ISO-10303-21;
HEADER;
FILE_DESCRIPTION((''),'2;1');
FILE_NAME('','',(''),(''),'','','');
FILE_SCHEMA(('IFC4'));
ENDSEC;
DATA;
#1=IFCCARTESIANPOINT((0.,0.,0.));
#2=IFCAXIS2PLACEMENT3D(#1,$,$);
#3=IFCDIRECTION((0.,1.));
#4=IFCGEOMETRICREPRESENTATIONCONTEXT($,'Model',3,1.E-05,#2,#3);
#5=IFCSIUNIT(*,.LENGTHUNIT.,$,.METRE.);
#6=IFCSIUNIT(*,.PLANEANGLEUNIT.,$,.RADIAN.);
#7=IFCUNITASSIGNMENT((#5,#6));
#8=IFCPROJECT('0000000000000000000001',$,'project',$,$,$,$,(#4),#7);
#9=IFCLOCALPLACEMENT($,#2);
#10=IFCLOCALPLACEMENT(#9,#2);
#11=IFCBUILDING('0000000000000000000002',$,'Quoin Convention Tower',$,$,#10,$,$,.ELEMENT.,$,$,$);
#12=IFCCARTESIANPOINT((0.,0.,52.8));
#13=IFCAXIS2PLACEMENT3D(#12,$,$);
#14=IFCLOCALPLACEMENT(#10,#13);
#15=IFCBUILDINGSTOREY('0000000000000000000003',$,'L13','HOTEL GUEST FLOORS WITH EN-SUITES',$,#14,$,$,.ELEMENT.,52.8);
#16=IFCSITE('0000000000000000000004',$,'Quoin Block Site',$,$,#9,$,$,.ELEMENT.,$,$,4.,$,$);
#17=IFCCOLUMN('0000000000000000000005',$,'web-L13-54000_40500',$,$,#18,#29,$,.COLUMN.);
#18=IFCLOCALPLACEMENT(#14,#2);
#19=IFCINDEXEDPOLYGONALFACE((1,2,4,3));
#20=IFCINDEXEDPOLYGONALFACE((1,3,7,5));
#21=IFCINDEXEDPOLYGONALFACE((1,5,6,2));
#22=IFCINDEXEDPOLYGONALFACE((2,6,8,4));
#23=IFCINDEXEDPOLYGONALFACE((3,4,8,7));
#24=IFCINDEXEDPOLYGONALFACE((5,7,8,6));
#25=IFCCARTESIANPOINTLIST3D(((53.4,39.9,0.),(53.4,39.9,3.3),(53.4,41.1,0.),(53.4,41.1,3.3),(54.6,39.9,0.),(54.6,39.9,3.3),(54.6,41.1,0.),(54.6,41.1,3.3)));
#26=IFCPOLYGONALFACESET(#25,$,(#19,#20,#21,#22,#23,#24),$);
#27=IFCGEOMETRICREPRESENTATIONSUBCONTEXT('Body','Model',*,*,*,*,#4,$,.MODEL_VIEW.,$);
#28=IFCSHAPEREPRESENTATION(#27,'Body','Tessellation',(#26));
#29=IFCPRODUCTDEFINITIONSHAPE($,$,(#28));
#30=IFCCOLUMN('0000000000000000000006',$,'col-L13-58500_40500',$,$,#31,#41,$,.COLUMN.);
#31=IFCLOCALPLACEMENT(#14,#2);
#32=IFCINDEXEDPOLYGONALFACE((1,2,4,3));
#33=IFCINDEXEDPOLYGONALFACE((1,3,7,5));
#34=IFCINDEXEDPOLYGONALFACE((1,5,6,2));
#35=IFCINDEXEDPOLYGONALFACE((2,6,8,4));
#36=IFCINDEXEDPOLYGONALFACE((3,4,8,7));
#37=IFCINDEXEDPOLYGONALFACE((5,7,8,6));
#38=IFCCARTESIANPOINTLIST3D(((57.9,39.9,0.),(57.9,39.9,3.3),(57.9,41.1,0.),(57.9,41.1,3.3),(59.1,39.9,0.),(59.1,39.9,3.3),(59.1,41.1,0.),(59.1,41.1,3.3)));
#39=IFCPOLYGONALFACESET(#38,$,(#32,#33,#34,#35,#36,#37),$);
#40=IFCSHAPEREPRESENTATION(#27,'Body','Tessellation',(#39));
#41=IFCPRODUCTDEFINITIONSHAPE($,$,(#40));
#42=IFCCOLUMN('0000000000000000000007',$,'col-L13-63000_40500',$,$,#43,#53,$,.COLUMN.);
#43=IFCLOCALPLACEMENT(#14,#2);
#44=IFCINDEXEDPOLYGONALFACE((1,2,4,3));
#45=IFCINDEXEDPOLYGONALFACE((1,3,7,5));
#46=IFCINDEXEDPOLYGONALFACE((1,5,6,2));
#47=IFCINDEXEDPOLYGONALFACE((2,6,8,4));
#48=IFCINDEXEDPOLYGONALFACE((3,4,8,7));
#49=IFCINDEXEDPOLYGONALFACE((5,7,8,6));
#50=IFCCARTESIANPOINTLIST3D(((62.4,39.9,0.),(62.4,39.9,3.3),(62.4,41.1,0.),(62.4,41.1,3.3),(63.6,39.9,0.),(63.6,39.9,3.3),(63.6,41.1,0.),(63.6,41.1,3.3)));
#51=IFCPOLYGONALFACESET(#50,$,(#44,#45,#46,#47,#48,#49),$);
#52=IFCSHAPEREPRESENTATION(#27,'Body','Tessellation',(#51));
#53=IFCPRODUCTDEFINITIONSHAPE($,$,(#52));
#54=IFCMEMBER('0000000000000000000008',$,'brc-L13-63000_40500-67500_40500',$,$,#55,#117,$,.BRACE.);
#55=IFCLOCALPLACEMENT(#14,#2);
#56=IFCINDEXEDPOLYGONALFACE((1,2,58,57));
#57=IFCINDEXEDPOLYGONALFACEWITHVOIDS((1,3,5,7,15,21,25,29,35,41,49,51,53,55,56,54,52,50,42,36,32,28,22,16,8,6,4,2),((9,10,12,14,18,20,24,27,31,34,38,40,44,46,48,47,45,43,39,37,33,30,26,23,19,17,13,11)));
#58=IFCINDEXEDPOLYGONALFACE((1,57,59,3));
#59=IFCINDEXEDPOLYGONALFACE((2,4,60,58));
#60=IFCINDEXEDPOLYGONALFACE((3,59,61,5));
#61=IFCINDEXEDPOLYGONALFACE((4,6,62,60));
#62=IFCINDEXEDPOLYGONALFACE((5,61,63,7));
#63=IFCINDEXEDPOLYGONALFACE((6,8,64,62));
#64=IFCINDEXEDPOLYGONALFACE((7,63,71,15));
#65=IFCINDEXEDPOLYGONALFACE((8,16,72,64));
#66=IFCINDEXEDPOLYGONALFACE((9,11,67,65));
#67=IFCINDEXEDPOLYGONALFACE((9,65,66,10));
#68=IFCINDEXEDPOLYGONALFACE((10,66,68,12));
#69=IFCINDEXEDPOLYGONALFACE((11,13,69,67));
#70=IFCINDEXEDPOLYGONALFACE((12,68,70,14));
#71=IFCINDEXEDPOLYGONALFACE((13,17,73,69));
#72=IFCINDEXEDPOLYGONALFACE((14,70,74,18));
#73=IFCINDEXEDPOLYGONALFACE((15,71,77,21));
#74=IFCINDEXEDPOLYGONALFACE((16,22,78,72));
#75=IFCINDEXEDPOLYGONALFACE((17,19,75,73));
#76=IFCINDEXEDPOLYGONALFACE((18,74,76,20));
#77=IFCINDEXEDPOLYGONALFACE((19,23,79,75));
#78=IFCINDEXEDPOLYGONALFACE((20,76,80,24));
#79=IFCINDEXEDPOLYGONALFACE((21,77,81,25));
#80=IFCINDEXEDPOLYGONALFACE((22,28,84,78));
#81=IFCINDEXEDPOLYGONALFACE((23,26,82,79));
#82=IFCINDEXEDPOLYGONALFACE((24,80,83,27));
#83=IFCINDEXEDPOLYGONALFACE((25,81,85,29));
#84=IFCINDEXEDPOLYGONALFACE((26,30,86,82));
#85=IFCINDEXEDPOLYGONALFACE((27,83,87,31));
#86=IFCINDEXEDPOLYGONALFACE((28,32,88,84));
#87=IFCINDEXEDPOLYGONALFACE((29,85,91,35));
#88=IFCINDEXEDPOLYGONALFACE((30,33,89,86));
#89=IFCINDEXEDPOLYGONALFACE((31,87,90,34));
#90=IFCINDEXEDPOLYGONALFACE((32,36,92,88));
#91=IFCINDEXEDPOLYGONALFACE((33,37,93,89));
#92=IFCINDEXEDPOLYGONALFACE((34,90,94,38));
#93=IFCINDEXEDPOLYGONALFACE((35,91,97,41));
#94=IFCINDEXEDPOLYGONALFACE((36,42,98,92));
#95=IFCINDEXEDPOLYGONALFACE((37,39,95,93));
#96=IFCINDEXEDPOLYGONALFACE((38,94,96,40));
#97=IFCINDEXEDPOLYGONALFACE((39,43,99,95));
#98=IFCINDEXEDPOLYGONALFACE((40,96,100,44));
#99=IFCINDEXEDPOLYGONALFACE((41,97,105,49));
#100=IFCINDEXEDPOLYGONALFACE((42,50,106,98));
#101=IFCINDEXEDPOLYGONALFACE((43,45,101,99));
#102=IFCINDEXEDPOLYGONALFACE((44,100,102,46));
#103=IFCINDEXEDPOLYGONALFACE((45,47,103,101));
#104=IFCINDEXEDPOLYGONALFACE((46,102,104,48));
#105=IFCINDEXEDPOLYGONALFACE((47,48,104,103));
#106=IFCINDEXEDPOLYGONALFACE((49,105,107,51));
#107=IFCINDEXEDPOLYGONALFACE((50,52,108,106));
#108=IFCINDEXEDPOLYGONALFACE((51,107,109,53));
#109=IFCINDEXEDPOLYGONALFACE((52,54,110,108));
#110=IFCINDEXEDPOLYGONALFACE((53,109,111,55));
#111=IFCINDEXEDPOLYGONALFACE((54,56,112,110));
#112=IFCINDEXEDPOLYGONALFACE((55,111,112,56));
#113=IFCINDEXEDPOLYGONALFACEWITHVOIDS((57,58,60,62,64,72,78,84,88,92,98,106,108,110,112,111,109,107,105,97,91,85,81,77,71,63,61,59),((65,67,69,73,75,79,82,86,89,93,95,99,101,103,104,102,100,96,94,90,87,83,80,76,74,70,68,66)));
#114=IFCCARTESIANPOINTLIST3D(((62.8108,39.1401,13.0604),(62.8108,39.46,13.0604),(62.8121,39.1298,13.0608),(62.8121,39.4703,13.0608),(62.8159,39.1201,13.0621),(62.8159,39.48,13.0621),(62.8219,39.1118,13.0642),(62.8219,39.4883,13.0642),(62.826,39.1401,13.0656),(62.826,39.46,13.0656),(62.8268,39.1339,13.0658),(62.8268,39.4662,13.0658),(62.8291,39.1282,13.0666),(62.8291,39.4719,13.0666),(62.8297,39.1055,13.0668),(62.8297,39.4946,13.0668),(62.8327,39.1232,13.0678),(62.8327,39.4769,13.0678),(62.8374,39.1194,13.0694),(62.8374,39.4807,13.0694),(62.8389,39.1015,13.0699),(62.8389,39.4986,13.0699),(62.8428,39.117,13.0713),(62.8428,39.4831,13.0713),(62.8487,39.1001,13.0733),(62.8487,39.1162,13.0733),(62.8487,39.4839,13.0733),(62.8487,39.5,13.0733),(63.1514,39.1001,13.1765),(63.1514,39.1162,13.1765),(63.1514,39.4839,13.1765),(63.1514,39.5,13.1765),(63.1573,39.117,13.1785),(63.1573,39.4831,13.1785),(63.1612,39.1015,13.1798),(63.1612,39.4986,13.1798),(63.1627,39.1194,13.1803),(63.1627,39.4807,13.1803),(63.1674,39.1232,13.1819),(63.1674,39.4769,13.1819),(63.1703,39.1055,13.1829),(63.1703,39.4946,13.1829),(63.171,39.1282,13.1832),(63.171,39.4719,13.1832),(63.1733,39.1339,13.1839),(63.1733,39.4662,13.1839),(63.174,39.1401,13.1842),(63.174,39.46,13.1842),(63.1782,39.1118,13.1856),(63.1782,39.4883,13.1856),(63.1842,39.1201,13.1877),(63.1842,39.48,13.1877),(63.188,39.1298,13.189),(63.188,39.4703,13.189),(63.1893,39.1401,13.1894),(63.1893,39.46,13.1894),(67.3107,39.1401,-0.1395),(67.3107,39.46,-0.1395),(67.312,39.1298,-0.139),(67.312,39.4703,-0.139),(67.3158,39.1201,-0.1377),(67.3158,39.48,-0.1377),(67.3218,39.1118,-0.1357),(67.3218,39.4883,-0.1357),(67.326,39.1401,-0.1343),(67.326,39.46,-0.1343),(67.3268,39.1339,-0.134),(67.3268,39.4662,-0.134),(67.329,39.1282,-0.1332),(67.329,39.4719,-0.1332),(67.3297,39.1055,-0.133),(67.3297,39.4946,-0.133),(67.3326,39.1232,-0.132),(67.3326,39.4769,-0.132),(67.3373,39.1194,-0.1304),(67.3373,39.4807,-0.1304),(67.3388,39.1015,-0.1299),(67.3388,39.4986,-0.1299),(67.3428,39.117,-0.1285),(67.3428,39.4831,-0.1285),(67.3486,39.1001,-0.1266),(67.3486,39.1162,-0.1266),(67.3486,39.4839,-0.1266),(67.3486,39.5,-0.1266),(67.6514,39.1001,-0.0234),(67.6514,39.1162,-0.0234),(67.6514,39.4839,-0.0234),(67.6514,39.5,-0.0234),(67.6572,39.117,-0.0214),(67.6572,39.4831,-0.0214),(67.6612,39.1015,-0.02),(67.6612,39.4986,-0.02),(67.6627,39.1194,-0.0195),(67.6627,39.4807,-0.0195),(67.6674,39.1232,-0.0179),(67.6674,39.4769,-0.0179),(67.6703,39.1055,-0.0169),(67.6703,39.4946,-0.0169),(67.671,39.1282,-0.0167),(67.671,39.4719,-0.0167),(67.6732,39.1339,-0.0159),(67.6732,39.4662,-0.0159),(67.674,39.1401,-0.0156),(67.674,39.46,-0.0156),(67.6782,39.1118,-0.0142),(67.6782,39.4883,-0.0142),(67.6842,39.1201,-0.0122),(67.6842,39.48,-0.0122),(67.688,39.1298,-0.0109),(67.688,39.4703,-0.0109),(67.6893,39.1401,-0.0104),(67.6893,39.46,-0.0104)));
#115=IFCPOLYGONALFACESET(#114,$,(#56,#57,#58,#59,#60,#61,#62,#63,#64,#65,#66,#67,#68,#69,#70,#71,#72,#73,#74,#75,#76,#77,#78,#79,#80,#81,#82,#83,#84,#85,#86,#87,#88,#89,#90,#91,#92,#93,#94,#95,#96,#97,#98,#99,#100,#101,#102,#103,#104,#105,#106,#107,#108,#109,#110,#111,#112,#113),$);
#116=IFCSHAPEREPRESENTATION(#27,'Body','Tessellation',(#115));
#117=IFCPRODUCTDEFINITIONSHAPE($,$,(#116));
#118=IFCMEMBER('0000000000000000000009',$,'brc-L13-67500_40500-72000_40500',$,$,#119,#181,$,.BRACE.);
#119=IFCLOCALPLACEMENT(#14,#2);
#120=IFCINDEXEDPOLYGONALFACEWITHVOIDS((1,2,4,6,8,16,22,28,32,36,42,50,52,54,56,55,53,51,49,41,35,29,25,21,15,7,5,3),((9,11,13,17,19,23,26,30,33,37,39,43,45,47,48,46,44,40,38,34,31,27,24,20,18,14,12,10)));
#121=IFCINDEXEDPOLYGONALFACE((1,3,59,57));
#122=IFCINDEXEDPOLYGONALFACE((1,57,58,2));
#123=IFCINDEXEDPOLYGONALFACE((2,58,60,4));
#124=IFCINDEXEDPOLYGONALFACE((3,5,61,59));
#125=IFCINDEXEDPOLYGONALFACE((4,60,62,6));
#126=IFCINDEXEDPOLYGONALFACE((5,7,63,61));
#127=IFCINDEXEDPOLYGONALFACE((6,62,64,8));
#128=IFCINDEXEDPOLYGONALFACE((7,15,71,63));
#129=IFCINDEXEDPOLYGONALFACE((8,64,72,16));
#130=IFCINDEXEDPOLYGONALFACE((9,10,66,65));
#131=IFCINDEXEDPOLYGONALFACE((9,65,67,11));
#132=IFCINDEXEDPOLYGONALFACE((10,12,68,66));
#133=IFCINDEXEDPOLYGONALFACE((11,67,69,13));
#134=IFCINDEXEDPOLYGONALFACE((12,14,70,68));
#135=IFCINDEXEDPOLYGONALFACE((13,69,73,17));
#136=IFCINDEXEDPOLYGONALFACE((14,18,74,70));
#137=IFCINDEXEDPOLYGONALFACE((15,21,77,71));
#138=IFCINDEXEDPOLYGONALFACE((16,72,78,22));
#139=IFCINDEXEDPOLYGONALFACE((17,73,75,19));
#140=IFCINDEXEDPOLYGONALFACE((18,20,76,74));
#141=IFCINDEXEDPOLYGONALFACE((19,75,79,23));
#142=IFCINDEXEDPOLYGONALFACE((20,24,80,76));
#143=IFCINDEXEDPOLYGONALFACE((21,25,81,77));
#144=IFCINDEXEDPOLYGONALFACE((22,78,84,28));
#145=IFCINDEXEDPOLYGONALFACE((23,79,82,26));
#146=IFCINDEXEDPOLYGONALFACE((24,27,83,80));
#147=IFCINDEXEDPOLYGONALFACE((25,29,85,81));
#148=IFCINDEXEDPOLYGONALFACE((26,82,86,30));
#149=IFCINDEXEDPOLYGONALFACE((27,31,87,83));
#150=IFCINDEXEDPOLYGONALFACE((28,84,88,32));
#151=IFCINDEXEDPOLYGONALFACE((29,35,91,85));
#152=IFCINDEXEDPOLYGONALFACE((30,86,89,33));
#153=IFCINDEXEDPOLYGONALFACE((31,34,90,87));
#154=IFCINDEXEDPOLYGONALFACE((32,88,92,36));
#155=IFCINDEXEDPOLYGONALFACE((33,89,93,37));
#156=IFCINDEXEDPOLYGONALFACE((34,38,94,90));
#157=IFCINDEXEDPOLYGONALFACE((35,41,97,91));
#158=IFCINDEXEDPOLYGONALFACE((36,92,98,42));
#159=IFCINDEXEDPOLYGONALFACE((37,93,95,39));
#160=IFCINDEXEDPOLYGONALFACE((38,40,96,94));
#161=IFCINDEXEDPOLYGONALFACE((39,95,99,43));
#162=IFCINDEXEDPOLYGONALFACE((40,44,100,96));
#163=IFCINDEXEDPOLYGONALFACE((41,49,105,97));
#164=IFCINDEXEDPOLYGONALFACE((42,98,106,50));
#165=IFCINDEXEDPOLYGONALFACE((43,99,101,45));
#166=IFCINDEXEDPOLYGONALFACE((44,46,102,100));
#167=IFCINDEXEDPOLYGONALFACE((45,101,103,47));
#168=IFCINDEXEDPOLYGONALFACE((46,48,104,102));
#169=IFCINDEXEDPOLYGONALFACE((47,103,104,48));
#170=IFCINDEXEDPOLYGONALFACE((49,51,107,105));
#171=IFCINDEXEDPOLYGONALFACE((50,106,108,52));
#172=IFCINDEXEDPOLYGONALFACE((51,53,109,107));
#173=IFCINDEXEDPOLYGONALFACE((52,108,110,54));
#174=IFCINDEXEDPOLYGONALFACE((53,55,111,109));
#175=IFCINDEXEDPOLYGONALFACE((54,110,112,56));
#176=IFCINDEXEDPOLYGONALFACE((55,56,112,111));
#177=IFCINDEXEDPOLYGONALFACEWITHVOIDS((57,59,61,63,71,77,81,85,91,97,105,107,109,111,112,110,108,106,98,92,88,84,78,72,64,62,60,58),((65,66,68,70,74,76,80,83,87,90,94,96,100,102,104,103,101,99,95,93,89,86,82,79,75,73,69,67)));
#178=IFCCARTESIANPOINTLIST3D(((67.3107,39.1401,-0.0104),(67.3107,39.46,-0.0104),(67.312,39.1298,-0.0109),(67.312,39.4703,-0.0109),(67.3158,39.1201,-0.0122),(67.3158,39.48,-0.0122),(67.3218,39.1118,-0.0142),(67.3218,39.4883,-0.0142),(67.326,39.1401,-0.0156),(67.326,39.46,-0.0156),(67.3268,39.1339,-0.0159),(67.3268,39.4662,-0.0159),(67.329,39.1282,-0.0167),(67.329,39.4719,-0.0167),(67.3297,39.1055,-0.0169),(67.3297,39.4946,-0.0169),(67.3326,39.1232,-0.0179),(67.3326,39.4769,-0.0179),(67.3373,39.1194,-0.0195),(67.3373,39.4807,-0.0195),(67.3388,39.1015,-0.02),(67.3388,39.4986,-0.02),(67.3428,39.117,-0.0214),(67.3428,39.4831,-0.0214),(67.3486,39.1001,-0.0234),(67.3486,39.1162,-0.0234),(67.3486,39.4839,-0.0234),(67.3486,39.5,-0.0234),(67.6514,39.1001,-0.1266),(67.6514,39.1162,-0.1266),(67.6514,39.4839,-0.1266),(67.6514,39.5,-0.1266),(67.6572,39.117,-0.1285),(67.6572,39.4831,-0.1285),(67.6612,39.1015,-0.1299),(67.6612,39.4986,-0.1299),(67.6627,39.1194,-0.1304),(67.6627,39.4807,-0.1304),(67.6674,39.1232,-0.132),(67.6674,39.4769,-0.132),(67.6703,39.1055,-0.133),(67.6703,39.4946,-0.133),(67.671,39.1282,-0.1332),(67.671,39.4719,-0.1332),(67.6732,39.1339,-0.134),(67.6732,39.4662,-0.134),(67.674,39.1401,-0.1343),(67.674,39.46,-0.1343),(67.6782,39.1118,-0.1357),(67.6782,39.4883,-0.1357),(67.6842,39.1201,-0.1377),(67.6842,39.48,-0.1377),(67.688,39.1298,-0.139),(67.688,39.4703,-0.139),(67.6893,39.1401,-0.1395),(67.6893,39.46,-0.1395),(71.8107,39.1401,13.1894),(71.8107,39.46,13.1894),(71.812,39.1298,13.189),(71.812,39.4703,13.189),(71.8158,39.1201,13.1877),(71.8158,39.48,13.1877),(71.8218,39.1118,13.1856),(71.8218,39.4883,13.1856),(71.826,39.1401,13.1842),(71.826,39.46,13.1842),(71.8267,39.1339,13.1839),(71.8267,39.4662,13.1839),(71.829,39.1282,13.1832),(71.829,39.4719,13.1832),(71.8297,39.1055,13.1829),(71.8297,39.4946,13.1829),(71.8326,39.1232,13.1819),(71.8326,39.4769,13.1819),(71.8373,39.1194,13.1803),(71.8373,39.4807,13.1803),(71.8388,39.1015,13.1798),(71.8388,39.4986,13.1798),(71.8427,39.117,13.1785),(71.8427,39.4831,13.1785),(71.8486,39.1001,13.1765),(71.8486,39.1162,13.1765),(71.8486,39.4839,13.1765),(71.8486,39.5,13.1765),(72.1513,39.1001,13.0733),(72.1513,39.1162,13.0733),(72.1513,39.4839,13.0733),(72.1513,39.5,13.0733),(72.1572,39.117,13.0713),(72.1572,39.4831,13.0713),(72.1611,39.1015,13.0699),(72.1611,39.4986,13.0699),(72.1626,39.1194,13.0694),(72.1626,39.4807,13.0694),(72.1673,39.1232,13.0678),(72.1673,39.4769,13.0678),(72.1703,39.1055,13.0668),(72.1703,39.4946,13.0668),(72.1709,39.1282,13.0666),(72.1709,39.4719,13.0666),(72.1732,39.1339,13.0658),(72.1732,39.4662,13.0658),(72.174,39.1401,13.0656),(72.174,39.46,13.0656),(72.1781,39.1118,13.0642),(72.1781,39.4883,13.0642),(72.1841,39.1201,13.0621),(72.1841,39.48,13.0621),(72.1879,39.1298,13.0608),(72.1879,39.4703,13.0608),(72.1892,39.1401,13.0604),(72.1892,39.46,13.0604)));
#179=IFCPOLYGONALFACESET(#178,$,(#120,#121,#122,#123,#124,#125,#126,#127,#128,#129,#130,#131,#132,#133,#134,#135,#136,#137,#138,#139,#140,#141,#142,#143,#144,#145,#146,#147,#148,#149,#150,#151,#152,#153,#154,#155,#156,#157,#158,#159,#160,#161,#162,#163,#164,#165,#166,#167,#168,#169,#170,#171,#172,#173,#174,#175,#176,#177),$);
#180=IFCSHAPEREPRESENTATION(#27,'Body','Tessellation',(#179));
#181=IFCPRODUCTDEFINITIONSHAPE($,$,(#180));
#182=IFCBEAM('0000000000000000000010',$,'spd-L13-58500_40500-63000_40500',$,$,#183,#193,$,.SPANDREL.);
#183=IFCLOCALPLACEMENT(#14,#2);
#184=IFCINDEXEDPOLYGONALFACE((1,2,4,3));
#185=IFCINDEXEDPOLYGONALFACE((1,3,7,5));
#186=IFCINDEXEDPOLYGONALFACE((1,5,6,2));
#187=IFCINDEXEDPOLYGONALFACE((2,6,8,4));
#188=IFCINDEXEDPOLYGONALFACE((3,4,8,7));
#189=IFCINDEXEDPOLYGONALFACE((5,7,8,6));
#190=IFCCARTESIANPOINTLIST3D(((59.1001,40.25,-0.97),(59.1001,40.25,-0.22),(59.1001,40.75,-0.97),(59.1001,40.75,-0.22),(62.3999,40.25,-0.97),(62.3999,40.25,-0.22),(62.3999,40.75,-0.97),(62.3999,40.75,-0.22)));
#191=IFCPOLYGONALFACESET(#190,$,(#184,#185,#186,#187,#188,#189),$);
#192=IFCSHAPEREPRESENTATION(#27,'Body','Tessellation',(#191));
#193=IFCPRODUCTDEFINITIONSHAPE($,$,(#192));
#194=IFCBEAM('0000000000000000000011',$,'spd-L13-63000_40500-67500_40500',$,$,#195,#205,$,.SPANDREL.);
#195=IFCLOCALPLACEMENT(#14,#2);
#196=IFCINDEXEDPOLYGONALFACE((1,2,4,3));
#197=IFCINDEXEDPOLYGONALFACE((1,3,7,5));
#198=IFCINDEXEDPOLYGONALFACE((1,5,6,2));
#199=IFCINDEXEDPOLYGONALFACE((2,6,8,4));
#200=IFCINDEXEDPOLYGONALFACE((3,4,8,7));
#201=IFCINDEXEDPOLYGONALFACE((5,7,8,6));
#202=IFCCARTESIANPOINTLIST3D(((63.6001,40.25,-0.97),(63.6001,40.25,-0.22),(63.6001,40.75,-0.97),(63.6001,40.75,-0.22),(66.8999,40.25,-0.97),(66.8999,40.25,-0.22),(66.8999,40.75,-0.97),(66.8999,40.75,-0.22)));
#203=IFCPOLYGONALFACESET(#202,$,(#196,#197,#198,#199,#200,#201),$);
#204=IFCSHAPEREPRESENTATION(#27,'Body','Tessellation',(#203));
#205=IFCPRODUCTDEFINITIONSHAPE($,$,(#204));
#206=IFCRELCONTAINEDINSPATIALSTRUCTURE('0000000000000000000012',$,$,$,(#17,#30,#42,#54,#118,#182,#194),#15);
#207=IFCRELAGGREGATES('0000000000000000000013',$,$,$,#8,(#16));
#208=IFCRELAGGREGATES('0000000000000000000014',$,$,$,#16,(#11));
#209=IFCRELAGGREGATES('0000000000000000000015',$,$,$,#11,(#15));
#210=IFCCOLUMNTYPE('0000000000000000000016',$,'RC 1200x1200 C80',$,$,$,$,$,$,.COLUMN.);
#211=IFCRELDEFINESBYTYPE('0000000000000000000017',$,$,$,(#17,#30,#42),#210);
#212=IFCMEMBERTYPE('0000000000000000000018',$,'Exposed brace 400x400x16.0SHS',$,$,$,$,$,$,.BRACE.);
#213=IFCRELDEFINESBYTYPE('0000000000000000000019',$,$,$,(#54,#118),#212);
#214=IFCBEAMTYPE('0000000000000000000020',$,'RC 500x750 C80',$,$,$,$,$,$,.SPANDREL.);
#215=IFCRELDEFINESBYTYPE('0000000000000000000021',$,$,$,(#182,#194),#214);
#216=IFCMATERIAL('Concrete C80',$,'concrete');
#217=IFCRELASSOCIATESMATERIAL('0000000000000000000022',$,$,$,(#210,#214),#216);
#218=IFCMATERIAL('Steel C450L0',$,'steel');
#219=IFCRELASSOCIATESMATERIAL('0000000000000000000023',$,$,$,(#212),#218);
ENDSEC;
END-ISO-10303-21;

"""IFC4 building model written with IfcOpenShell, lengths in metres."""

from ifc_helpers import new_model, si_unit, direction, frame, origin, origin_2d, place, context, subcontext, project, spatial, rectangle, hollow_rectangle, extrude, material, material_profile, profile_set, type_object, element, save


model = new_model("IFC4")

# Units and contexts
model_context = context("Model", 3, precision=1e-05, world=origin(), true_north=direction((0.0, 1.0)))
body_context = subcontext(model_context, "Body", "Model", "MODEL_VIEW")
ifc_project = project(units=[si_unit("LENGTHUNIT", "METRE"), si_unit("PLANEANGLEUNIT", "RADIAN")], contexts=[model_context])

# Site, building, storey
site_placement = place(None, origin())
site = spatial("IfcSite", under=ifc_project, at=site_placement, Name="Quoin Block Site", CompositionType="ELEMENT", RefElevation=4.0)
building_placement = place(site_placement, origin())
building = spatial("IfcBuilding", under=site, at=building_placement, Name="Quoin Convention Tower", CompositionType="ELEMENT")
storey_placement = place(building_placement, frame((0.0, 0.0, 52.8)))
storey = spatial("IfcBuildingStorey", under=building, at=storey_placement, Name="L13", Description="HOTEL GUEST FLOORS WITH EN-SUITES", CompositionType="ELEMENT", Elevation=52.8)

# Columns
ifc_material_1 = material(Name="Concrete C80", Category="concrete")
ifc_material_profile_1 = material_profile(ifc_material_1, rectangle(XDim=1.2, YDim=1.2, at=origin_2d()), Name="RC 1200x1200")
ifc_profile_set_1 = profile_set([ifc_material_profile_1], Name="Concrete C80")
column_type = type_object("IfcColumnType", Name="RC 1200x1200 C80", PredefinedType="COLUMN", material=ifc_profile_set_1)
for number, where, z_axis, x_axis, name in (
    (1, (54.0, 40.5, 0.0), (0.0, 0.0, 1.0), (1.0, 0.0, 0.0), "web-L13-54000_40500"),
    (2, (58.5, 40.5, 0.0), (0.0, 0.0, 1.0), (1.0, 0.0, 0.0), "col-L13-58500_40500"),
    (3, (63.0, 40.5, 0.0), (0.0, 0.0, 1.0), (1.0, 0.0, 0.0), "col-L13-63000_40500"),
):
    element("IfcColumn", number, at=place(storey_placement, frame(where, z_axis=z_axis, x_axis=x_axis)), inside=storey, type_object=column_type, Name=name, PredefinedType="COLUMN", context=body_context, shape_type="SweptSolid", body=[
        extrude(rectangle(XDim=1.2, YDim=1.2, at=origin_2d()), origin(), (0.0, 0.0, 1.0), 3.3),
    ])

# Members
ifc_material_2 = material(Name="Steel C450L0", Category="steel")
ifc_material_profile_2 = material_profile(ifc_material_2, hollow_rectangle(XDim=0.3999, YDim=0.3999, WallThickness=0.0161, InnerFilletRadius=0.0239, OuterFilletRadius=0.04, at=origin_2d()), Name="400x400x16.0SHS")
ifc_profile_set_2 = profile_set([ifc_material_profile_2], Name="Steel C450L0")
member_type = type_object("IfcMemberType", Name="Exposed brace 400x400x16.0SHS", PredefinedType="BRACE", material=ifc_profile_set_2)
for number, where, z_axis, x_axis, name in (
    (4, (67.5, 39.3, -0.075), (-0.322675, 0.0, 0.94651), (0.0, -1.0, 0.0), "brc-L13-63000_40500-67500_40500"),
    (5, (67.5, 39.3, -0.075), (0.322675, 0.0, 0.94651), (0.0, 1.0, 0.0), "brc-L13-67500_40500-72000_40500"),
):
    element("IfcMember", number, at=place(storey_placement, frame(where, z_axis=z_axis, x_axis=x_axis)), inside=storey, type_object=member_type, Name=name, PredefinedType="BRACE", context=body_context, shape_type="SweptSolid", body=[
        extrude(hollow_rectangle(XDim=0.3999, YDim=0.3999, WallThickness=0.0161, InnerFilletRadius=0.0239, OuterFilletRadius=0.04, at=origin_2d()), origin(), (0.0, 0.0, 1.0), 13.9458),
    ])

# Beams
ifc_material_profile_3 = material_profile(ifc_material_1, rectangle(XDim=0.5, YDim=0.75, at=origin_2d()), Name="RC 500x750")
ifc_profile_set_3 = profile_set([ifc_material_profile_3], Name="Concrete C80")
beam_type = type_object("IfcBeamType", Name="RC 500x750 C80", PredefinedType="SPANDREL", material=ifc_profile_set_3)
for number, where, z_axis, x_axis, name in (
    (6, (59.1001, 40.5, -0.595), (1.0, 0.0, 0.0), (0.0, 1.0, 0.0), "spd-L13-58500_40500-63000_40500"),
    (7, (63.6001, 40.5, -0.595), (1.0, 0.0, 0.0), (0.0, 1.0, 0.0), "spd-L13-63000_40500-67500_40500"),
):
    element("IfcBeam", number, at=place(storey_placement, frame(where, z_axis=z_axis, x_axis=x_axis)), inside=storey, type_object=beam_type, Name=name, PredefinedType="SPANDREL", context=body_context, shape_type="SweptSolid", body=[
        extrude(rectangle(XDim=0.5, YDim=0.75, at=origin_2d()), origin(), (0.0, 0.0, 1.0), 3.2998),
    ])

save(model, "model.ifc")
